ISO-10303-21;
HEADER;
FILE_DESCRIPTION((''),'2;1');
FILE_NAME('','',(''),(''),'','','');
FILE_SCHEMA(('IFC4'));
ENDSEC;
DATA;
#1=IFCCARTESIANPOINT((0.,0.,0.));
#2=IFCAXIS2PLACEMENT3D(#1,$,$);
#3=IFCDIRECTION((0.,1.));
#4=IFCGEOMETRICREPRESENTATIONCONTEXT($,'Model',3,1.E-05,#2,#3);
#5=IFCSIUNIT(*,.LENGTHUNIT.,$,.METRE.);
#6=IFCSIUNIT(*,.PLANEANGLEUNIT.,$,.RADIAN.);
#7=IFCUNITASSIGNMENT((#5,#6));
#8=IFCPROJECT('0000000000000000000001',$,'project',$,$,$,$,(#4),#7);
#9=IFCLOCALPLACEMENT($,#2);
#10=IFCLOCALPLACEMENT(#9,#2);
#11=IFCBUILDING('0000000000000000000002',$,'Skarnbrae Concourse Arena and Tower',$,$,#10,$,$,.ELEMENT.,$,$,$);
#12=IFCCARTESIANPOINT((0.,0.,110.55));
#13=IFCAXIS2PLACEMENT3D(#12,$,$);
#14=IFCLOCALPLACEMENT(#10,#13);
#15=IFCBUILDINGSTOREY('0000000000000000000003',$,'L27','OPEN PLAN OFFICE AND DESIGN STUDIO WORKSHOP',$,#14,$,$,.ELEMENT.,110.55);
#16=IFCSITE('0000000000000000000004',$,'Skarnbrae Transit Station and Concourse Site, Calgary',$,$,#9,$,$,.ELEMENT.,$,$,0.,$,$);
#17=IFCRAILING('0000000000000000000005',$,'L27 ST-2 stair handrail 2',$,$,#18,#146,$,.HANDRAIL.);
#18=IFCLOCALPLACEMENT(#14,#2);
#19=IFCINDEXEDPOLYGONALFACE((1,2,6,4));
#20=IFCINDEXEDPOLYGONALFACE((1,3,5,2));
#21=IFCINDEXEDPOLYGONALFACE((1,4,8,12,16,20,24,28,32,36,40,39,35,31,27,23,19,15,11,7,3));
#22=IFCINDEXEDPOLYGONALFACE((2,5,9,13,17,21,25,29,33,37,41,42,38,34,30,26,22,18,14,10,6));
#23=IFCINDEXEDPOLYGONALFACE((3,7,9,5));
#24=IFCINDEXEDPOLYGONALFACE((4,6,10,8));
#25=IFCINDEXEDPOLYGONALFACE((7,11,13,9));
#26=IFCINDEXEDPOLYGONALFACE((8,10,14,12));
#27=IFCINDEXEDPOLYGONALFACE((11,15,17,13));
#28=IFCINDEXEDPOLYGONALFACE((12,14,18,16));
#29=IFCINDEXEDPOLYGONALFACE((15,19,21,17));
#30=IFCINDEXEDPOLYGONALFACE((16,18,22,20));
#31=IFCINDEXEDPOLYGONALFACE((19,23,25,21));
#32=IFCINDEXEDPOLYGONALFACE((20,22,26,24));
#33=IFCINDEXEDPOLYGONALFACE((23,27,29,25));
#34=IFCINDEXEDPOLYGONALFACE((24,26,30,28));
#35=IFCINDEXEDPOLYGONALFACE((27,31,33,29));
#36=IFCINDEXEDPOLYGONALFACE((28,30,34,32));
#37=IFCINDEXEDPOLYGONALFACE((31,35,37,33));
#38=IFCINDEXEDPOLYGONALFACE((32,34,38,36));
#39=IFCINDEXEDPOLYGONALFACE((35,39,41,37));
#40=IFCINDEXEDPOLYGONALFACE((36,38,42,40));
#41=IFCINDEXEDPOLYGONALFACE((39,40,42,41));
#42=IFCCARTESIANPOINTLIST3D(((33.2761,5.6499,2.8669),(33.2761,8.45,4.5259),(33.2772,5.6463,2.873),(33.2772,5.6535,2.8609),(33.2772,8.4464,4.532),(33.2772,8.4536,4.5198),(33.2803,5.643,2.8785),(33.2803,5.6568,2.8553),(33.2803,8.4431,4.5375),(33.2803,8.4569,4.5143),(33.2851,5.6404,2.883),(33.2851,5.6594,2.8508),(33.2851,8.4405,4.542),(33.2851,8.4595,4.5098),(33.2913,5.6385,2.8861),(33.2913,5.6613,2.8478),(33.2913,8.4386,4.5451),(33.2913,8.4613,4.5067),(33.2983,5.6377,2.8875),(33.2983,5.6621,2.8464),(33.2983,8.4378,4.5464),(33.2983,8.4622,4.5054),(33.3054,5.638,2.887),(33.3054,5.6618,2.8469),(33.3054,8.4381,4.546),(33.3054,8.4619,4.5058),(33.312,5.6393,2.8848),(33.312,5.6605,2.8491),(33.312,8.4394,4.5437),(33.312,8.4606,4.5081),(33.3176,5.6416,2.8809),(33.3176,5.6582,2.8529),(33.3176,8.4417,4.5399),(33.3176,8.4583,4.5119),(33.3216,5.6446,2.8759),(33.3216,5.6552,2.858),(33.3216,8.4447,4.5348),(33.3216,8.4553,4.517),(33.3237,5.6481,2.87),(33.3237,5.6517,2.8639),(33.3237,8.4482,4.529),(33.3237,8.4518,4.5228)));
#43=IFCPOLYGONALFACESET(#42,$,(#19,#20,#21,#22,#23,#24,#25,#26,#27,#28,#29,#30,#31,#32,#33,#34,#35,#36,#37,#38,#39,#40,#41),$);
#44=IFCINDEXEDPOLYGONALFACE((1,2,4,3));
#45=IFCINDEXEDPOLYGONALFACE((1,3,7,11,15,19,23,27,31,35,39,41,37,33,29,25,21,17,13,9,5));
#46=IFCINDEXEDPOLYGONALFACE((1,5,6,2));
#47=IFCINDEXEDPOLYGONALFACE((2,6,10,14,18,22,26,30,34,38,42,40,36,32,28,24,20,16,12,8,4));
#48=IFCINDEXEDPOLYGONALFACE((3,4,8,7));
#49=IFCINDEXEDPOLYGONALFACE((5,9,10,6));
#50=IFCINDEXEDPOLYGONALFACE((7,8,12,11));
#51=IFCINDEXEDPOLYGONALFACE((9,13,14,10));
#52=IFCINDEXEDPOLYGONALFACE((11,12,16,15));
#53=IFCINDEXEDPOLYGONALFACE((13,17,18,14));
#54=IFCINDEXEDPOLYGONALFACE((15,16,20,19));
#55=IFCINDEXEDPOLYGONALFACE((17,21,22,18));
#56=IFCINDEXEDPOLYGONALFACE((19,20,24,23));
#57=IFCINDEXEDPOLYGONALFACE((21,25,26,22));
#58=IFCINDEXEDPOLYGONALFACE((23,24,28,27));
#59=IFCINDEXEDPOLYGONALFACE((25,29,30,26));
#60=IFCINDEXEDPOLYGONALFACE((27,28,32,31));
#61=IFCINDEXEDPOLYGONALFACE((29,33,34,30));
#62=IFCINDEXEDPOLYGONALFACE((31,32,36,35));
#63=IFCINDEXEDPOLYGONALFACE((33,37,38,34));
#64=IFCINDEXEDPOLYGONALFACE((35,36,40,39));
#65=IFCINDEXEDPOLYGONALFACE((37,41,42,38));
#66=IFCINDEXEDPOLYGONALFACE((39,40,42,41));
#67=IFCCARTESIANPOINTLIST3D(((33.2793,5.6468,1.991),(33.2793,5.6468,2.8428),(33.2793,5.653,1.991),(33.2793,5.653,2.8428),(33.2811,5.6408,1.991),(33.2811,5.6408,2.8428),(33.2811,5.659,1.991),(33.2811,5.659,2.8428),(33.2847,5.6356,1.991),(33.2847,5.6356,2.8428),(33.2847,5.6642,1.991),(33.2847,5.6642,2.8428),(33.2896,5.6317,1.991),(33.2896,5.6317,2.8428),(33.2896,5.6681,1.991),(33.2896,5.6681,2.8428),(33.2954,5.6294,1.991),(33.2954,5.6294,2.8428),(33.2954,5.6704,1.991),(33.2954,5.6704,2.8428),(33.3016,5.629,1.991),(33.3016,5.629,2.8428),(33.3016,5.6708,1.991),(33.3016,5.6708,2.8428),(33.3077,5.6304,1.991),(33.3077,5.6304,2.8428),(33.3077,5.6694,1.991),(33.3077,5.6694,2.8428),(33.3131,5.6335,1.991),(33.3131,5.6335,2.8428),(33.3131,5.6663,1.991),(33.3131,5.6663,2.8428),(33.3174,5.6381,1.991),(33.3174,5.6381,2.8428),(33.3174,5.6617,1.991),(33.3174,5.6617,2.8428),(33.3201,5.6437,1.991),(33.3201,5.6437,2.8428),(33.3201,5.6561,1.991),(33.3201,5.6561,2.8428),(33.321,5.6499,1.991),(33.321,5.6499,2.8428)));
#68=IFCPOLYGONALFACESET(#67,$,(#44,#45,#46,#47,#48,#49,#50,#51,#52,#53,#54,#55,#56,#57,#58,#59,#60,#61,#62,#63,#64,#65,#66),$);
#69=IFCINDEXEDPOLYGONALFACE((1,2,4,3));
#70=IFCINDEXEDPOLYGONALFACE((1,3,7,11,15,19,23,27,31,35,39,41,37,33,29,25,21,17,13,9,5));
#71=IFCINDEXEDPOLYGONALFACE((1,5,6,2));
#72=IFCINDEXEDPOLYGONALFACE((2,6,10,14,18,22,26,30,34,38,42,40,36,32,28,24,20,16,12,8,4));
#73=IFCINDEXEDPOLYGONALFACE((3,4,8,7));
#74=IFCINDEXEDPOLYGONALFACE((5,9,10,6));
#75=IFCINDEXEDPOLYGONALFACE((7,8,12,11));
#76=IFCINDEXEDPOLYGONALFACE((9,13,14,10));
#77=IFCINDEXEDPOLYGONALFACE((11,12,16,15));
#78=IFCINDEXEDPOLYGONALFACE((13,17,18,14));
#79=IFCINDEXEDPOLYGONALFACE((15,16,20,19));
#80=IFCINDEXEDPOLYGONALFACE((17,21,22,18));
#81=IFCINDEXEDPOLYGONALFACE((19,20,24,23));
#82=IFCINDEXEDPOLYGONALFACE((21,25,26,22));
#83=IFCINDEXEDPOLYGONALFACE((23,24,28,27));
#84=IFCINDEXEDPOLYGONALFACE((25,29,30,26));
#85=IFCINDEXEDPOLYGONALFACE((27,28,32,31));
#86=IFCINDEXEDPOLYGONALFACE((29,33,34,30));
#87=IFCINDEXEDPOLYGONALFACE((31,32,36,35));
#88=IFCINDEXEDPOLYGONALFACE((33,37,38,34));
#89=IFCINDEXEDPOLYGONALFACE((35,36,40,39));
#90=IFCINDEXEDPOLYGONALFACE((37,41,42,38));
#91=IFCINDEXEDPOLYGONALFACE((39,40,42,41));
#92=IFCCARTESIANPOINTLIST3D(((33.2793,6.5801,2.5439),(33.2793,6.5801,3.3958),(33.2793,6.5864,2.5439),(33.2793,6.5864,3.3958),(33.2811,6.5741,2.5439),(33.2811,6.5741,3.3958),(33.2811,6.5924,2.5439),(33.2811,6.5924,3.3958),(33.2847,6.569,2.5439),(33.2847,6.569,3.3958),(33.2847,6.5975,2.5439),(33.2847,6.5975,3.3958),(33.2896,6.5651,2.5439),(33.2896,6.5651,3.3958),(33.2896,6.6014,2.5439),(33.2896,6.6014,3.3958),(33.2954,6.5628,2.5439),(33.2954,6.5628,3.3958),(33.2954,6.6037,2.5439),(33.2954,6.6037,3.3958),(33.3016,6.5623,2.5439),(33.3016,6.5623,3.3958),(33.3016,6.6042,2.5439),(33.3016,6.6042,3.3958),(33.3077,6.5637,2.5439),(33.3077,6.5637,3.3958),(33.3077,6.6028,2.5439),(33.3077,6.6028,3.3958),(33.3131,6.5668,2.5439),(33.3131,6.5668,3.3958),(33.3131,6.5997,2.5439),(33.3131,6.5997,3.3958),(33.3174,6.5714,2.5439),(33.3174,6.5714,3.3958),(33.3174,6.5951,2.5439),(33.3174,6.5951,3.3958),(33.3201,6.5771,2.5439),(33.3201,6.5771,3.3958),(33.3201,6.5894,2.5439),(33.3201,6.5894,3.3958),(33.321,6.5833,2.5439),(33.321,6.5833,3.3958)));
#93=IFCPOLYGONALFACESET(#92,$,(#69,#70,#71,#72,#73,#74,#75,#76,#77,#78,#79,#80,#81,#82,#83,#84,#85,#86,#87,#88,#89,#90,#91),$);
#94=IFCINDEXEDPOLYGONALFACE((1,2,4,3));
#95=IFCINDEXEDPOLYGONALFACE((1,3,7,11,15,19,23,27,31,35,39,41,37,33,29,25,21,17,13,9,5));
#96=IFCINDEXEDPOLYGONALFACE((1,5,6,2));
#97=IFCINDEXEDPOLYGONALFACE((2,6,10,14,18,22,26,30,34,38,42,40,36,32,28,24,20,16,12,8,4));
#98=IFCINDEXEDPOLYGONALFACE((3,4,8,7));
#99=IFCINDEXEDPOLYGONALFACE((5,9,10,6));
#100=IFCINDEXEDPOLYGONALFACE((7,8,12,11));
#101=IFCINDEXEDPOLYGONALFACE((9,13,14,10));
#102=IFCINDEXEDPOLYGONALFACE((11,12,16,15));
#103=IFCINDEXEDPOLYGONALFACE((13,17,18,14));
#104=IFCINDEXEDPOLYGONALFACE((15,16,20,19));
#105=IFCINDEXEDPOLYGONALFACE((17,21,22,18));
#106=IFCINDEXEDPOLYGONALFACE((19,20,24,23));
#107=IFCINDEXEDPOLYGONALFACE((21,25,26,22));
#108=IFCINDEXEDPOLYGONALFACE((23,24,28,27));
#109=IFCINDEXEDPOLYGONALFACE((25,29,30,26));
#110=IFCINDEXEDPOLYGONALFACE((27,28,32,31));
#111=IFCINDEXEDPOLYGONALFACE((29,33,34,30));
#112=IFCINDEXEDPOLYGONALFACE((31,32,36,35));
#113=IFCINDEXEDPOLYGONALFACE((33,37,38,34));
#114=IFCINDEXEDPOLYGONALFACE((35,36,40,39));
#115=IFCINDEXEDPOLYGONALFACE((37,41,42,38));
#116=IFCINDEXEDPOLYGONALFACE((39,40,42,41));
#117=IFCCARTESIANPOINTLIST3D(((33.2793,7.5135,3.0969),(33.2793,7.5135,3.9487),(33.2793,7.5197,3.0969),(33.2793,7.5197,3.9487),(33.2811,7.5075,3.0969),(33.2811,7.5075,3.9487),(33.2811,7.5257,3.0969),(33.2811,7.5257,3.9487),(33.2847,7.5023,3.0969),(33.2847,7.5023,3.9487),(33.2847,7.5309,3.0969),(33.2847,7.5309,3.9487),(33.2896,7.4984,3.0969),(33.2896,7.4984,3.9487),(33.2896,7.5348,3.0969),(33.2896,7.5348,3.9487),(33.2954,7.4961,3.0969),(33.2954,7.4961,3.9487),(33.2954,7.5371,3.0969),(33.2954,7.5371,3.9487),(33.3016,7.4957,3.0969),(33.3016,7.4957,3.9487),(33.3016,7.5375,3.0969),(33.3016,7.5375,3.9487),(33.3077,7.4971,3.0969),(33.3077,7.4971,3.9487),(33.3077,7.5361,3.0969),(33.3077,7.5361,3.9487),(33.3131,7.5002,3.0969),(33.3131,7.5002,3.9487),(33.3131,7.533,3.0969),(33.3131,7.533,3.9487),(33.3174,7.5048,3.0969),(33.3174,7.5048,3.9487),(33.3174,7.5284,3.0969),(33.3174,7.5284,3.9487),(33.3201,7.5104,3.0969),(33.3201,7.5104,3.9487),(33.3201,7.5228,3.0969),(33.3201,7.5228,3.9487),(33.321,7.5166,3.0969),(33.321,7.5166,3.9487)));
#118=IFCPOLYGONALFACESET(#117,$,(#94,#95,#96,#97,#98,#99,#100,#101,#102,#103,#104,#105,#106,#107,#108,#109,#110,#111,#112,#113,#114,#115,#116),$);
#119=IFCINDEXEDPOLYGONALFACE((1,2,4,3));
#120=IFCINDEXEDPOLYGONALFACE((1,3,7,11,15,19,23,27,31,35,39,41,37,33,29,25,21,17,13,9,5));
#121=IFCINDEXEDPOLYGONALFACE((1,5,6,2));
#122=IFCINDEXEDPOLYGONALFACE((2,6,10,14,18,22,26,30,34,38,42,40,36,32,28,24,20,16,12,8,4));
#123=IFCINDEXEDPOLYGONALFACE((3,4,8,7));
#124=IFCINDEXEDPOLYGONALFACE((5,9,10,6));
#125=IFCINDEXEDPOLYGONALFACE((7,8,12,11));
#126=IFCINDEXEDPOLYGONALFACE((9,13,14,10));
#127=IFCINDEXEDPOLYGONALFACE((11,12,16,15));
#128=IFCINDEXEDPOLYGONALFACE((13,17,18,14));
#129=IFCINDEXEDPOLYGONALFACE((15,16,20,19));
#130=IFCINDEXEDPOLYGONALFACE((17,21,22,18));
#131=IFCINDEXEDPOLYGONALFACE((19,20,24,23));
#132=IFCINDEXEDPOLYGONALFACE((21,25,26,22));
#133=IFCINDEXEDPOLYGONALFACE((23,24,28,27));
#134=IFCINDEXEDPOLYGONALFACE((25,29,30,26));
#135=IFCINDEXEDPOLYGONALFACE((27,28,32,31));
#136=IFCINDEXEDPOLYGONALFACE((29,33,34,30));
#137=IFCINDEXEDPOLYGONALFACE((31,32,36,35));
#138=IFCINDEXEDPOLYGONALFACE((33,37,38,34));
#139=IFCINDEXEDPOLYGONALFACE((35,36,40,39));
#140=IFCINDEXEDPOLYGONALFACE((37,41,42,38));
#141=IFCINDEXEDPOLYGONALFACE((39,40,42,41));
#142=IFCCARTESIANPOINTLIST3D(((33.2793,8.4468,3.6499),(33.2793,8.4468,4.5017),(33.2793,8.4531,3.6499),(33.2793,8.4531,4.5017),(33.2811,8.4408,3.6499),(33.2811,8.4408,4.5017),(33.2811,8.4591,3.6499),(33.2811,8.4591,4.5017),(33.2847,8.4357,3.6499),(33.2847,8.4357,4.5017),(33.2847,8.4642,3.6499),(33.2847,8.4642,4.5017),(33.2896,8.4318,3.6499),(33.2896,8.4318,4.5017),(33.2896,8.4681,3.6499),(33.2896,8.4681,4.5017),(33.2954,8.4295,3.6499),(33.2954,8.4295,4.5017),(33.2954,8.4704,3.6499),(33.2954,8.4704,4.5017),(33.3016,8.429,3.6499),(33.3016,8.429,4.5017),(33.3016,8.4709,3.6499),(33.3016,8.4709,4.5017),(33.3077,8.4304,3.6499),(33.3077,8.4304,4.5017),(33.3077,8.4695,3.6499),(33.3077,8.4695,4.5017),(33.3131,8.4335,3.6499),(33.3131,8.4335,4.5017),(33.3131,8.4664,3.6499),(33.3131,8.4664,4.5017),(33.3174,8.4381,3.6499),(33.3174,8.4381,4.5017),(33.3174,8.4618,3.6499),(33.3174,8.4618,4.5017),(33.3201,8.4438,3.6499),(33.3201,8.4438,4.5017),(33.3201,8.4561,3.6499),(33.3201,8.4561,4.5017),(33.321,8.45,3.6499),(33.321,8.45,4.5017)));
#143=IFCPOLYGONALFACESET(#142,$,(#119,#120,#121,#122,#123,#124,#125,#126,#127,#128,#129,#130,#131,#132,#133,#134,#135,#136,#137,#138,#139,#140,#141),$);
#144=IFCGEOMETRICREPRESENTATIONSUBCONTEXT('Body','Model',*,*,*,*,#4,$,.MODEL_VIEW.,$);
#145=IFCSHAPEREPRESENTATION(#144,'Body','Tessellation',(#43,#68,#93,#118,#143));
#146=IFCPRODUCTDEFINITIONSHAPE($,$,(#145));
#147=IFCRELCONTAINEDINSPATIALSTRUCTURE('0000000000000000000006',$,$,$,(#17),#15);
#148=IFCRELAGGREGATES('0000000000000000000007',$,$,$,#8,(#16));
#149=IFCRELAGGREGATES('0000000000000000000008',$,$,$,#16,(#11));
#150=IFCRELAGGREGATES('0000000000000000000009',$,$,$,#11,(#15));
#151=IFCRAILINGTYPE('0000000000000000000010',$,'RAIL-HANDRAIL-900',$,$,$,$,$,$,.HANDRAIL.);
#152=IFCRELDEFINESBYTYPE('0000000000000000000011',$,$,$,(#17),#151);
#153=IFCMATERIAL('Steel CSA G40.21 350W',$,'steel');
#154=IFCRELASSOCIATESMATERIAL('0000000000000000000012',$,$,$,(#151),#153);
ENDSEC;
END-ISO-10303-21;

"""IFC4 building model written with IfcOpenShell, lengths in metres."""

from ifc_helpers import new_model, si_unit, direction, frame, origin, origin_2d, place, context, subcontext, project, spatial, circle, extrude, material, type_object, element, save


model = new_model("IFC4")

# Units and contexts
model_context = context("Model", 3, precision=1e-05, world=origin(), true_north=direction((0.0, 1.0)))
body_context = subcontext(model_context, "Body", "Model", "MODEL_VIEW")
ifc_project = project(units=[si_unit("LENGTHUNIT", "METRE"), si_unit("PLANEANGLEUNIT", "RADIAN")], contexts=[model_context])

# Site, building, storey
site_placement = place(None, origin())
site = spatial("IfcSite", under=ifc_project, at=site_placement, Name="Skarnbrae Transit Station and Concourse Site, Calgary", CompositionType="ELEMENT", RefElevation=0.0)
building_placement = place(site_placement, origin())
building = spatial("IfcBuilding", under=site, at=building_placement, Name="Skarnbrae Concourse Arena and Tower", CompositionType="ELEMENT")
storey_placement = place(building_placement, frame((0.0, 0.0, 110.55)))
storey = spatial("IfcBuildingStorey", under=building, at=storey_placement, Name="L27", Description="OPEN PLAN OFFICE AND DESIGN STUDIO WORKSHOP", CompositionType="ELEMENT", Elevation=110.55)

# Shared definitions
ifc_material_1 = material(Name="Steel CSA G40.21 350W", Category="steel")

# Railing
railing_type_1 = type_object("IfcRailingType", Name="RAIL-HANDRAIL-900", PredefinedType="HANDRAIL", material=ifc_material_1)
railing_1_placement = place(storey_placement, frame((33.3, 5.6499, 1.991)))
element("IfcRailing", 1, at=railing_1_placement, inside=storey, type_object=railing_type_1, Name="L27 ST-2 stair handrail 2", PredefinedType="HANDRAIL", context=body_context, shape_type="SweptSolid", body=[
    extrude(circle(Radius=0.0239, at=origin_2d()), frame((0.0, 0.0, 0.876), z_axis=(0.0, 0.860339, 0.509722), x_axis=(-1.0, 0.0, 0.0)), (0.0, 0.0, 1.0), 3.2546),
    extrude(circle(Radius=0.021, at=origin_2d()), origin(), (0.0, 0.0, 1.0), 0.8518),
    extrude(circle(Radius=0.021, at=origin_2d()), frame((0.0, 0.9333, 0.553)), (0.0, 0.0, 1.0), 0.8518),
    extrude(circle(Radius=0.021, at=origin_2d()), frame((0.0, 1.8667, 1.106)), (0.0, 0.0, 1.0), 0.8518),
    extrude(circle(Radius=0.021, at=origin_2d()), frame((0.0, 2.8, 1.6589)), (0.0, 0.0, 1.0), 0.8518),
])

save(model, "model.ifc")
